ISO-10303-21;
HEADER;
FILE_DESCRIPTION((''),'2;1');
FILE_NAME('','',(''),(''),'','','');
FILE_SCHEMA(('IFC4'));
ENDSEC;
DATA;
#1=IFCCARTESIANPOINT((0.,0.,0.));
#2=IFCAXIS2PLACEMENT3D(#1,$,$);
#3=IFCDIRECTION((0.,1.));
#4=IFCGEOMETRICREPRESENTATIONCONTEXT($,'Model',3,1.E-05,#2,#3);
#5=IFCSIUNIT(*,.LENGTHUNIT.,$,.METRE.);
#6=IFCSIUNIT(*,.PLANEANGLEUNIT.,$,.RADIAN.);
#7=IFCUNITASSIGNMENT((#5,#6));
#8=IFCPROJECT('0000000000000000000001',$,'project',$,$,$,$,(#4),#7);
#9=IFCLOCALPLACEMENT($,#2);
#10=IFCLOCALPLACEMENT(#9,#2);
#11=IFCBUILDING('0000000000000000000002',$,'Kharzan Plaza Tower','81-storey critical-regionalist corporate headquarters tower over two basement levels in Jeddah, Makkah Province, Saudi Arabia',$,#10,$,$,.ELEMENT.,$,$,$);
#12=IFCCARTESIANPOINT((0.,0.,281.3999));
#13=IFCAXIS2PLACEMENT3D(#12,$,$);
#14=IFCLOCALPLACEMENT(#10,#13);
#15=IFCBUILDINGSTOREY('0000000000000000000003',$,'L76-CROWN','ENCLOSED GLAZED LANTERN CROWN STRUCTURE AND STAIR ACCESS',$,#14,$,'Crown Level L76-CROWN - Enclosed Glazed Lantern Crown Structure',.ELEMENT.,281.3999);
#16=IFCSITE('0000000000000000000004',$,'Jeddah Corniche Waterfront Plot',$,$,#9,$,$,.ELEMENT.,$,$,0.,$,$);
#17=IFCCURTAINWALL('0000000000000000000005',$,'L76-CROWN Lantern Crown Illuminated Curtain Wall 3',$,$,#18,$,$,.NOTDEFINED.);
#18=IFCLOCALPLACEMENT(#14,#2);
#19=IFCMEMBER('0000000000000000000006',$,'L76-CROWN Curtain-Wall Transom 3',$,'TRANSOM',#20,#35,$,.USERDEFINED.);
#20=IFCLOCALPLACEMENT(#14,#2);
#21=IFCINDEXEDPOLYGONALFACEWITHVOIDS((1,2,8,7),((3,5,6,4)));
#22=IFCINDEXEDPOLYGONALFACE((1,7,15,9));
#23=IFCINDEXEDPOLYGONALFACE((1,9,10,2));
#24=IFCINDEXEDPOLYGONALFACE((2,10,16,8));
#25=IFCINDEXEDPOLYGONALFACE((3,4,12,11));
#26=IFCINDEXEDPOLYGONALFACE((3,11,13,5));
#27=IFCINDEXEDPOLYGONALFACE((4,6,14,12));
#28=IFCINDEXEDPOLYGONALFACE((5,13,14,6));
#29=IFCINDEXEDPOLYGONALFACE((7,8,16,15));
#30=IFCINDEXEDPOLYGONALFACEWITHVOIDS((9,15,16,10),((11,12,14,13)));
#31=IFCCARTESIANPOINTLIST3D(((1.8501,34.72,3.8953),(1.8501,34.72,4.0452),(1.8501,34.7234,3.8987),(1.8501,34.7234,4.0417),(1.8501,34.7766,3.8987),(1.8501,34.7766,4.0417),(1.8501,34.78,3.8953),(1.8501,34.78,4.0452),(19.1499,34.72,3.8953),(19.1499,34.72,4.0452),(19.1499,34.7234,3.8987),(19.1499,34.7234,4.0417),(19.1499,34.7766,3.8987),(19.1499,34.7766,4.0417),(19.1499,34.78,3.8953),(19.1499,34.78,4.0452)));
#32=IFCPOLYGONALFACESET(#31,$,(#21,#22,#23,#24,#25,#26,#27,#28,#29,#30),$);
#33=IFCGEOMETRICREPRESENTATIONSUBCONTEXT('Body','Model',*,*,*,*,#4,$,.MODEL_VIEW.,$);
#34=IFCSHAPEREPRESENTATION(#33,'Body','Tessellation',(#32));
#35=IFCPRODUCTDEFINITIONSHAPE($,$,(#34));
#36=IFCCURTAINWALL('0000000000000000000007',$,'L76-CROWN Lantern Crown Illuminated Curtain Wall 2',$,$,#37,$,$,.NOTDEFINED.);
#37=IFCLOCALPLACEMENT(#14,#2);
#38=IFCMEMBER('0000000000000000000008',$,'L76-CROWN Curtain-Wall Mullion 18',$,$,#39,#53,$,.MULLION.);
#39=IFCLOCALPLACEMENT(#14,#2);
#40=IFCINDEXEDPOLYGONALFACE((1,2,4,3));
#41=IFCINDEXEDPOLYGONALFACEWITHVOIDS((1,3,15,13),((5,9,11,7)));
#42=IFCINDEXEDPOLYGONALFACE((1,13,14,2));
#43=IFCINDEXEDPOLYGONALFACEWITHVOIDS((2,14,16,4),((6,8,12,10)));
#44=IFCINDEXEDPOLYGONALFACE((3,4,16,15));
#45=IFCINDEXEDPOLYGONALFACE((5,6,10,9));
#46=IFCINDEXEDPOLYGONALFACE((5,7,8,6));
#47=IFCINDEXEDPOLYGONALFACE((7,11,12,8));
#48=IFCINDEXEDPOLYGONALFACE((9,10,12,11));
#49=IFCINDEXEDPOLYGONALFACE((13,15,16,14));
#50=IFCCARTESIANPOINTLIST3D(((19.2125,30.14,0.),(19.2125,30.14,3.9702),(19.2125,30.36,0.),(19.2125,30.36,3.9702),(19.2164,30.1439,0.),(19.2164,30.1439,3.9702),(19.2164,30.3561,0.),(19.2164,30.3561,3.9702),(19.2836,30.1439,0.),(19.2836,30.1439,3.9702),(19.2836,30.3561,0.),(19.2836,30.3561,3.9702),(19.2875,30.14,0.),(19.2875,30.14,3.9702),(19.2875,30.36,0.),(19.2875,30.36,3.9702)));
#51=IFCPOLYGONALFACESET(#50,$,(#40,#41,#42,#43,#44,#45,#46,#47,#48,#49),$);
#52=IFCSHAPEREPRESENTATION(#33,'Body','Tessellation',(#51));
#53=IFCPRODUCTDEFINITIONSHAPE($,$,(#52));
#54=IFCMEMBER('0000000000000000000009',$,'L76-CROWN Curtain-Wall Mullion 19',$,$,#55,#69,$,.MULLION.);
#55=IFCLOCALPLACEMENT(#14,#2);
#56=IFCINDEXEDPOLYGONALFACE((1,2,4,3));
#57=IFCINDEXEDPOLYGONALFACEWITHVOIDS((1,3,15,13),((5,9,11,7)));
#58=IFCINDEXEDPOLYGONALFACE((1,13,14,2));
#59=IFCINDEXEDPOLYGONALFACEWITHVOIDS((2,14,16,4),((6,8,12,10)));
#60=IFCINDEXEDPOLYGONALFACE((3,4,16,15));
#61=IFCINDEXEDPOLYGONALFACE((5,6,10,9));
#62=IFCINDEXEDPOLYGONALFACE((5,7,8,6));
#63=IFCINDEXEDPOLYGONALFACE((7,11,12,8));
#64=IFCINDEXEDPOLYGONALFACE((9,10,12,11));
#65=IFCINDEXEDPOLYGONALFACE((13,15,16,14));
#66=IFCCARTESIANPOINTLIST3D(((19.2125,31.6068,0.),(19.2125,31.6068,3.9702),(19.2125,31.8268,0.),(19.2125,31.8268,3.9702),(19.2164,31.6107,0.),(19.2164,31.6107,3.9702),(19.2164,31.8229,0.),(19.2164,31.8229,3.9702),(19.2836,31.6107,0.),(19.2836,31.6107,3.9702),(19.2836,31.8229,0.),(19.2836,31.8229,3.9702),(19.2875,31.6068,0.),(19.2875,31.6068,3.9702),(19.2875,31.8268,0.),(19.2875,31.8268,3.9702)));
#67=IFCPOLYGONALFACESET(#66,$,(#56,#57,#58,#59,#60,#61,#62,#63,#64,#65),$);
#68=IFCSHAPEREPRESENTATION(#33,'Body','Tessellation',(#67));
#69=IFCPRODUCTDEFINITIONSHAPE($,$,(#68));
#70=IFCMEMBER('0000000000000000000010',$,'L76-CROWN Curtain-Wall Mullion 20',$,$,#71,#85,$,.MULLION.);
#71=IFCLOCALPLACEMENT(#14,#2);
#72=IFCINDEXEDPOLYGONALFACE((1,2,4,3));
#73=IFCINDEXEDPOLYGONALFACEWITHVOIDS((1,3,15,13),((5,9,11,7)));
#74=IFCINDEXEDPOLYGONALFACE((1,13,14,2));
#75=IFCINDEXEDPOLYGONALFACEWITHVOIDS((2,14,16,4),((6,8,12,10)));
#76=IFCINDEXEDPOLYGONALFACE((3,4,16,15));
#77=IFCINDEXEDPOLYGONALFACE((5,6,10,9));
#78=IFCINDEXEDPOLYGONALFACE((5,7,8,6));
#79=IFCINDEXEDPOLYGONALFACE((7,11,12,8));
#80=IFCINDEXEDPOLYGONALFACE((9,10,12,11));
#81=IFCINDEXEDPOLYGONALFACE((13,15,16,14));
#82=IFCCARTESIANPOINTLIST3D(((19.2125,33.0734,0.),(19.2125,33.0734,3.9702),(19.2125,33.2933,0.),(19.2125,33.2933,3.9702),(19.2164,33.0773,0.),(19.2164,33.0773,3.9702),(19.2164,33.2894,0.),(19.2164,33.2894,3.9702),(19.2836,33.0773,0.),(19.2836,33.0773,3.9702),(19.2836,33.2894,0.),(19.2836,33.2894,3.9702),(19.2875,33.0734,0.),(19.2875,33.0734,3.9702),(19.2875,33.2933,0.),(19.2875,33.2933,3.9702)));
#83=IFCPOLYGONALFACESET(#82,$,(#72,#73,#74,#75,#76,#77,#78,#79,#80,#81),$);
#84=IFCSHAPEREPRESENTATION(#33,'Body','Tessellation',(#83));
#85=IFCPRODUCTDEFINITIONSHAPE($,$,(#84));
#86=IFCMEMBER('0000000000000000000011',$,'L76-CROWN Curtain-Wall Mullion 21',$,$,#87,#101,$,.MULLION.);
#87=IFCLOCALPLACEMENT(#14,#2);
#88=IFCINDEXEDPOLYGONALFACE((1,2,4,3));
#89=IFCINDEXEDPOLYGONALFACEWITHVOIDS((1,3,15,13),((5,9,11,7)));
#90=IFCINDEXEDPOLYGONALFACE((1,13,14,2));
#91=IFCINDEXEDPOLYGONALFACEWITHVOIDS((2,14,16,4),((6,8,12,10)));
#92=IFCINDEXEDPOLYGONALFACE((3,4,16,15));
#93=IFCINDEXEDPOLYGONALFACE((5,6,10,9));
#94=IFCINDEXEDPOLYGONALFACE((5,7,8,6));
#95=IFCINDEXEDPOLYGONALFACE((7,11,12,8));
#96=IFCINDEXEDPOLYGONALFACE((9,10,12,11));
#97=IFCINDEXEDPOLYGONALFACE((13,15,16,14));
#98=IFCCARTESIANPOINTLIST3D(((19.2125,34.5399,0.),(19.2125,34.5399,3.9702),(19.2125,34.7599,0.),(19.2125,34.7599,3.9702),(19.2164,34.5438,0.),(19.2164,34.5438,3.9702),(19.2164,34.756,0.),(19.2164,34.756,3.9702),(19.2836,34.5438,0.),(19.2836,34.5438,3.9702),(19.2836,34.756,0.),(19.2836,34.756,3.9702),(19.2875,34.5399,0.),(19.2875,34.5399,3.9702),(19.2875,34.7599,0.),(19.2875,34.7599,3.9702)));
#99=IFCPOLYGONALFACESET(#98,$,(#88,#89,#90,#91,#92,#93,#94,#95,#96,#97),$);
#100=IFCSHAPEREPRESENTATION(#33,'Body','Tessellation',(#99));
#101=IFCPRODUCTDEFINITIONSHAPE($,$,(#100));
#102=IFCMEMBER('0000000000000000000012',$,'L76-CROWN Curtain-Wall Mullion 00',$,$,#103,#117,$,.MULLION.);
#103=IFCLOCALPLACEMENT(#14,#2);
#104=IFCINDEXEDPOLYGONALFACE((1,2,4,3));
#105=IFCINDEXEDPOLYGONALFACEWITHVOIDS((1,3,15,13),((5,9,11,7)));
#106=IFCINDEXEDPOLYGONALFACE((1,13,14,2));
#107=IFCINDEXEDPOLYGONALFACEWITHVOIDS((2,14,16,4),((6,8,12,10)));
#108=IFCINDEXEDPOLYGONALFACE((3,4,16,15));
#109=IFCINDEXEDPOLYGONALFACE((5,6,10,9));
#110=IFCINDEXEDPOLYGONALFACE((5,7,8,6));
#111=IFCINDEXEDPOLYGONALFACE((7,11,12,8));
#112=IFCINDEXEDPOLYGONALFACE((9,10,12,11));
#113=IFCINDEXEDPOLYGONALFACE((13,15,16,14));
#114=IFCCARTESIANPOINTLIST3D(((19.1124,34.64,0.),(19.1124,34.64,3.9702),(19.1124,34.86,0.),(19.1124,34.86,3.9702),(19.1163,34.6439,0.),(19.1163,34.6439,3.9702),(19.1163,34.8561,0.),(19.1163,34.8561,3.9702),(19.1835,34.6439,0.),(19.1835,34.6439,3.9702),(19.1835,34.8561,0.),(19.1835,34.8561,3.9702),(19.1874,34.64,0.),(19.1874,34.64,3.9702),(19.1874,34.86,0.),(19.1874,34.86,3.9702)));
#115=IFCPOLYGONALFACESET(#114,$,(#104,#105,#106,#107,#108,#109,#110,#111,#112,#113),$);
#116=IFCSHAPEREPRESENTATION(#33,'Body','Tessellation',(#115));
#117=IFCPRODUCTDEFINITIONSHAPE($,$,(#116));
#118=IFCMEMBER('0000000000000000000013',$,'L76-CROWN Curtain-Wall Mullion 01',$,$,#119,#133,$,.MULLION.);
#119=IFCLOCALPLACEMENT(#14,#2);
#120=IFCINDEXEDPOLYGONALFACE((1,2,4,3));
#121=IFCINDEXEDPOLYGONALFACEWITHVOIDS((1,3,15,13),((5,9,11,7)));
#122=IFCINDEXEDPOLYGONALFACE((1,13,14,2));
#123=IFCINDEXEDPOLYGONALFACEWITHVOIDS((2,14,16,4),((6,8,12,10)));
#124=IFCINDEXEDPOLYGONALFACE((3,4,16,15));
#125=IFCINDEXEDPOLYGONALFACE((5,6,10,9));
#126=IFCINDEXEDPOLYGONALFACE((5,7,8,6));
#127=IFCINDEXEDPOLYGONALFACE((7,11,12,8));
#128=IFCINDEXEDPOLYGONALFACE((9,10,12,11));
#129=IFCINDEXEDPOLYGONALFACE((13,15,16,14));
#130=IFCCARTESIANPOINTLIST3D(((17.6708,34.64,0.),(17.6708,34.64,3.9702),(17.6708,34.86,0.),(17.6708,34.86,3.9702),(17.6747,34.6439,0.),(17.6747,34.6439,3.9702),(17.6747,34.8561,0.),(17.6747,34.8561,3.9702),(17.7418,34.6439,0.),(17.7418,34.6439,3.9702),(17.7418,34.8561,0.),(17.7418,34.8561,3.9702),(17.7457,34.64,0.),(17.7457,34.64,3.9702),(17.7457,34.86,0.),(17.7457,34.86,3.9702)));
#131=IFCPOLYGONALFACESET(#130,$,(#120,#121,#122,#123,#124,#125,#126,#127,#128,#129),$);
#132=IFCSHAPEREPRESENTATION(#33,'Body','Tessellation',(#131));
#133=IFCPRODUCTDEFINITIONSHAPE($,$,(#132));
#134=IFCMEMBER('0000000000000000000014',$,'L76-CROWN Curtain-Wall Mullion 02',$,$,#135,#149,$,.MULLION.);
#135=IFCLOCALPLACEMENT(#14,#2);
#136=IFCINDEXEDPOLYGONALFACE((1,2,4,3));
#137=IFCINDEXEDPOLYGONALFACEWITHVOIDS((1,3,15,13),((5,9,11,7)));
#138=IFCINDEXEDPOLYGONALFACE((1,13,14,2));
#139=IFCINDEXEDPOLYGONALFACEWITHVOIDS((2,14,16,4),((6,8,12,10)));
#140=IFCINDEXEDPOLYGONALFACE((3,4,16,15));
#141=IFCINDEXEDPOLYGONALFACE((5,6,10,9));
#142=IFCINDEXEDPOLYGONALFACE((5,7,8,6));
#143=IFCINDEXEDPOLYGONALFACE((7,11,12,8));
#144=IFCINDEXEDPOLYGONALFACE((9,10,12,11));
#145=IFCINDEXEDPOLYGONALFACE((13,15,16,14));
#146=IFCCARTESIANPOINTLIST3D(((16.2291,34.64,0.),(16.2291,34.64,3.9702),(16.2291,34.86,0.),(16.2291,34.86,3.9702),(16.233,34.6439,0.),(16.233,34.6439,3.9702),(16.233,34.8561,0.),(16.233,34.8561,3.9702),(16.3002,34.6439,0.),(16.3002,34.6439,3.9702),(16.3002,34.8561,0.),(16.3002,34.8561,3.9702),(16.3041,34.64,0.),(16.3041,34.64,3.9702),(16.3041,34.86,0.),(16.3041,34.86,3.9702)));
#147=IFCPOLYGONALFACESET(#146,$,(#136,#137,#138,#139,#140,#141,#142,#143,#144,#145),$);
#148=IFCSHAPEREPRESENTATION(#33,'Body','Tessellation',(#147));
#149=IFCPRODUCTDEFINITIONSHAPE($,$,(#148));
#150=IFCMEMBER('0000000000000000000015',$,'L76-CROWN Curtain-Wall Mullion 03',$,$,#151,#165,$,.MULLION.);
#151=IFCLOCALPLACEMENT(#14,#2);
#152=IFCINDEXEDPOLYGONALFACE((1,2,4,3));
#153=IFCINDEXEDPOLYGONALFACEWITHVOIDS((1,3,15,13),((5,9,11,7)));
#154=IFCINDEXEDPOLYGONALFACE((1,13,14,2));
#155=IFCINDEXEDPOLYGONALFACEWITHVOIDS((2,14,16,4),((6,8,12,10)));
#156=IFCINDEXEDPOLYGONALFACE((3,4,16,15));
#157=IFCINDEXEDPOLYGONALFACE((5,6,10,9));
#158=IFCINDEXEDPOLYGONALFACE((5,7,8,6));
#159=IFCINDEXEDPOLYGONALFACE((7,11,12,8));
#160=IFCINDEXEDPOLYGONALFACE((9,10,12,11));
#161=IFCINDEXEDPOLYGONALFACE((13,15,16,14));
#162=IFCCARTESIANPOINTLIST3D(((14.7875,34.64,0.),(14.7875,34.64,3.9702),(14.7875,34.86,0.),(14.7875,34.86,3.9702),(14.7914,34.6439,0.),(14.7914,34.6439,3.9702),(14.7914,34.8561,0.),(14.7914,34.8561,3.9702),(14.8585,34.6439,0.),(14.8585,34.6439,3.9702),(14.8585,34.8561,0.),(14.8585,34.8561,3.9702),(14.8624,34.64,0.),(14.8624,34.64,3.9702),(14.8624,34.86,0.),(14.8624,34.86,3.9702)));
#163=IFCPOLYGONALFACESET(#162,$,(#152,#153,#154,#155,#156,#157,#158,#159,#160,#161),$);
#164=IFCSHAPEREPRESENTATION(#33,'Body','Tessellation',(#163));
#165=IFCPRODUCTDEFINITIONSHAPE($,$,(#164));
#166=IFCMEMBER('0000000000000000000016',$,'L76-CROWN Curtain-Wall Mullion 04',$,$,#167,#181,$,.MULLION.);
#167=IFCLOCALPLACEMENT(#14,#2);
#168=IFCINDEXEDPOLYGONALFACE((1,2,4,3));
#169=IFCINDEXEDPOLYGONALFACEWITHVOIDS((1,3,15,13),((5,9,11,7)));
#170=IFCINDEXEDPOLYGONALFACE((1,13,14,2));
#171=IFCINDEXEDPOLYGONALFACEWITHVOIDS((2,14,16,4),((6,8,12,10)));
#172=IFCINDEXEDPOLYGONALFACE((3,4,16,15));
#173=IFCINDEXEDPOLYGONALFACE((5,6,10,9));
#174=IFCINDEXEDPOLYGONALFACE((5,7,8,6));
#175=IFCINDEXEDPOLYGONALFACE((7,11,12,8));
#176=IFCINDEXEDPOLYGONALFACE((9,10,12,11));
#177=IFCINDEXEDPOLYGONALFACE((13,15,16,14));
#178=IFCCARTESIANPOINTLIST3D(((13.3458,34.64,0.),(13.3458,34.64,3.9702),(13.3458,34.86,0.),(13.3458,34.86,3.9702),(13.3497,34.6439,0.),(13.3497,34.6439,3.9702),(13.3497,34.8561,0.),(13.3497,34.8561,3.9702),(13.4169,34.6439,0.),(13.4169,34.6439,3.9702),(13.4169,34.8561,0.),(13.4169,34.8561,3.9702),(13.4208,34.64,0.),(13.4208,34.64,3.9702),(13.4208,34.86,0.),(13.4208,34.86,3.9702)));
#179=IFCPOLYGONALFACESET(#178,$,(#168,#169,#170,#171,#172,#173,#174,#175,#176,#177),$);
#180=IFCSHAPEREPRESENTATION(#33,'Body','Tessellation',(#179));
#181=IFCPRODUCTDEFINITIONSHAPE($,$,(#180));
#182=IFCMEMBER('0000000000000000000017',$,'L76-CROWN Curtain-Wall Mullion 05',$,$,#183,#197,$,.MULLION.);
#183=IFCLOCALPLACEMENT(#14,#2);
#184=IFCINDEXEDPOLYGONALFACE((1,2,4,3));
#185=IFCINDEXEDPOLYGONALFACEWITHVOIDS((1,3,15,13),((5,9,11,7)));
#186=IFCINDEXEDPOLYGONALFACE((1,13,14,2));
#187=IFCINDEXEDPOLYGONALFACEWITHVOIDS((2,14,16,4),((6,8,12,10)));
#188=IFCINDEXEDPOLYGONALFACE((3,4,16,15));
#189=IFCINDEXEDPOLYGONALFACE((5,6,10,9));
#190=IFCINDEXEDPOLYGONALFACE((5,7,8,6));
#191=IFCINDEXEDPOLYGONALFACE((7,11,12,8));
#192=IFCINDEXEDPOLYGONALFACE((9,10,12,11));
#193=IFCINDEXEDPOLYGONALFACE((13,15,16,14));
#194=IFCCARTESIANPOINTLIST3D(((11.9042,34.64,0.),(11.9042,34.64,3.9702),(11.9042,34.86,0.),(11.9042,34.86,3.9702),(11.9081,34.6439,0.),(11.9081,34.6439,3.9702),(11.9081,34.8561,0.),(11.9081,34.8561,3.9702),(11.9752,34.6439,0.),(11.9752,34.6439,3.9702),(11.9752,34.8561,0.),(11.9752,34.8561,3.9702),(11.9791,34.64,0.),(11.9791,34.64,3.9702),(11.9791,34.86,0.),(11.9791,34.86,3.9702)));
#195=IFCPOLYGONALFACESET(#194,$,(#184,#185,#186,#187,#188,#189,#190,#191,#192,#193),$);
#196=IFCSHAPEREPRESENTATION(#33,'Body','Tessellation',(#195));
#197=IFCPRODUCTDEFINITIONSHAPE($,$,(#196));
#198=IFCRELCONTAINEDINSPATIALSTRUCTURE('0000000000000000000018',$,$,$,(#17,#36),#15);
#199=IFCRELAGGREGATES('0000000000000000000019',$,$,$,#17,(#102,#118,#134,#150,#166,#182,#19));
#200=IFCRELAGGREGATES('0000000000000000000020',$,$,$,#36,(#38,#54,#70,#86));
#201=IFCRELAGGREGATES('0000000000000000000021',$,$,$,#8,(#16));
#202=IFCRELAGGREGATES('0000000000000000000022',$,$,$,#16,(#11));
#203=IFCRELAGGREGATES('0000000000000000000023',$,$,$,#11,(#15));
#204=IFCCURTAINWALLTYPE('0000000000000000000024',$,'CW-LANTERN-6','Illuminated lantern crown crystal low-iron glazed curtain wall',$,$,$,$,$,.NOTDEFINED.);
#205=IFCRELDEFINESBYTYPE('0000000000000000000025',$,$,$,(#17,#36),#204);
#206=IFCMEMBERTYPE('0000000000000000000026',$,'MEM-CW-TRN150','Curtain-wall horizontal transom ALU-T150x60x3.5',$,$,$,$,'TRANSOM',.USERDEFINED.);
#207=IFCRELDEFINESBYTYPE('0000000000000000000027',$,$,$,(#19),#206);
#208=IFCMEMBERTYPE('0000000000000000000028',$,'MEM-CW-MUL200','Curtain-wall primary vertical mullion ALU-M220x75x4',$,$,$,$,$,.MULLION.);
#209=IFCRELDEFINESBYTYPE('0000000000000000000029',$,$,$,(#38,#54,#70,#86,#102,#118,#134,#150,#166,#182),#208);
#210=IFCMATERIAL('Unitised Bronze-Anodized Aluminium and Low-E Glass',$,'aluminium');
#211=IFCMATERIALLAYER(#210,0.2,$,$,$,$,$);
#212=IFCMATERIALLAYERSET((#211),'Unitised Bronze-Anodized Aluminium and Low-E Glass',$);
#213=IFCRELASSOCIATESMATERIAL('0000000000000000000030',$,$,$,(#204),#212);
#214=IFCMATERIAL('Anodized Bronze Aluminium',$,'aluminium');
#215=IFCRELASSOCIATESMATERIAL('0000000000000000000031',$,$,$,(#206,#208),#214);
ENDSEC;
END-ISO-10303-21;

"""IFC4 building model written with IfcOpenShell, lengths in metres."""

from ifc_helpers import new_model, si_unit, direction, frame, origin, origin_2d, place, context, subcontext, project, spatial, hollow_rectangle, extrude, source, transform, mapped, material, layer, layer_set, material_profile, profile_set, type_object, element, aggregate, save


model = new_model("IFC4")

# Units and contexts
model_context = context("Model", 3, precision=1e-05, world=origin(), true_north=direction((0.0, 1.0)))
body_context = subcontext(model_context, "Body", "Model", "MODEL_VIEW")
ifc_project = project(units=[si_unit("LENGTHUNIT", "METRE"), si_unit("PLANEANGLEUNIT", "RADIAN")], contexts=[model_context])

# Site, building, storey
site_placement = place(None, origin())
site = spatial("IfcSite", under=ifc_project, at=site_placement, Name="Jeddah Corniche Waterfront Plot", CompositionType="ELEMENT", RefElevation=0.0)
building_placement = place(site_placement, origin())
building = spatial("IfcBuilding", under=site, at=building_placement, Name="Kharzan Plaza Tower", Description="81-storey critical-regionalist corporate headquarters tower over two basement levels in Jeddah, Makkah Province, Saudi Arabia", CompositionType="ELEMENT")
storey_placement = place(building_placement, frame((0.0, 0.0, 281.3999)))
storey = spatial("IfcBuildingStorey", under=building, at=storey_placement, Name="L76-CROWN", Description="ENCLOSED GLAZED LANTERN CROWN STRUCTURE AND STAIR ACCESS", LongName="Crown Level L76-CROWN - Enclosed Glazed Lantern Crown Structure", CompositionType="ELEMENT", Elevation=281.3999)

# Curtain walls, members
ifc_material_1 = material(Name="Unitised Bronze-Anodized Aluminium and Low-E Glass", Category="aluminium")
ifc_layer_1 = layer(ifc_material_1, 0.2)
ifc_layer_set_1 = layer_set([ifc_layer_1], Name="Unitised Bronze-Anodized Aluminium and Low-E Glass")
curtain_wall_type = type_object("IfcCurtainWallType", Name="CW-LANTERN-6", Description="Illuminated lantern crown crystal low-iron glazed curtain wall", PredefinedType="NOTDEFINED", material=ifc_layer_set_1)
curtain_wall_1_placement = place(storey_placement, origin())
curtain_wall_1 = element("IfcCurtainWall", 1, at=curtain_wall_1_placement, inside=storey, type_object=curtain_wall_type, Name="L76-CROWN Lantern Crown Illuminated Curtain Wall 3", PredefinedType="NOTDEFINED")
ifc_material_2 = material(Name="Anodized Bronze Aluminium", Category="aluminium")
ifc_material_profile_1 = material_profile(ifc_material_2, hollow_rectangle(XDim=0.0601, YDim=0.1499, WallThickness=0.0034, at=origin_2d()), Name="ALU-T150x60x3.5")
ifc_profile_set_1 = profile_set([ifc_material_profile_1], Name="Anodized Bronze Aluminium")
member_type_1 = type_object("IfcMemberType", Name="MEM-CW-TRN150", Description="Curtain-wall horizontal transom ALU-T150x60x3.5", ElementType="TRANSOM", PredefinedType="USERDEFINED", material=ifc_profile_set_1)
shared_shape_1 = source(origin(), body_context, "Body", "SweptSolid", [
    extrude(hollow_rectangle(XDim=0.0601, YDim=0.1499, WallThickness=0.0034, at=origin_2d()), origin(), (0.0, 0.0, 1.0), 17.2998),
])
member_1_placement = place(storey_placement, frame((19.1499, 34.75, 3.9702), z_axis=(-1.0, 0.0, 0.0), x_axis=(0.0, -1.0, 0.0)))
member_1 = element("IfcMember", 2, at=member_1_placement, type_object=member_type_1, Name="L76-CROWN Curtain-Wall Transom 3", ObjectType="TRANSOM", PredefinedType="USERDEFINED", context=body_context, shape_type="MappedRepresentation", body=[
    mapped(shared_shape_1, transform((0.0, 0.0, 0.0), x_axis=(1.0, 0.0, 0.0), y_axis=(0.0, 1.0, 0.0), z_axis=(0.0, 0.0, 1.0))),
])
curtain_wall_2_placement = place(storey_placement, origin())
curtain_wall_2 = element("IfcCurtainWall", 3, at=curtain_wall_2_placement, inside=storey, type_object=curtain_wall_type, Name="L76-CROWN Lantern Crown Illuminated Curtain Wall 2", PredefinedType="NOTDEFINED")
ifc_material_profile_2 = material_profile(ifc_material_2, hollow_rectangle(XDim=0.075, YDim=0.22, WallThickness=0.0039, at=origin_2d()), Name="ALU-M220x75x4")
ifc_profile_set_2 = profile_set([ifc_material_profile_2], Name="Anodized Bronze Aluminium")
member_type_2 = type_object("IfcMemberType", Name="MEM-CW-MUL200", Description="Curtain-wall primary vertical mullion ALU-M220x75x4", PredefinedType="MULLION", material=ifc_profile_set_2)
shared_shape_2 = source(origin(), body_context, "Body", "SweptSolid", [
    extrude(hollow_rectangle(XDim=0.075, YDim=0.22, WallThickness=0.0039, at=origin_2d()), origin(), (0.0, 0.0, 1.0), 3.9702),
])
member_2_placement = place(storey_placement, frame((19.25, 30.25, 0.0), z_axis=(0.0, 0.0, 1.0), x_axis=(1.0, 0.0, 0.0)))
member_2 = element("IfcMember", 4, at=member_2_placement, type_object=member_type_2, Name="L76-CROWN Curtain-Wall Mullion 18", PredefinedType="MULLION", context=body_context, shape_type="MappedRepresentation", body=[
    mapped(shared_shape_2, transform((0.0, 0.0, 0.0), x_axis=(1.0, 0.0, 0.0), y_axis=(0.0, 1.0, 0.0), z_axis=(0.0, 0.0, 1.0))),
])
member_3_placement = place(storey_placement, frame((19.25, 31.7168, 0.0), z_axis=(0.0, 0.0, 1.0), x_axis=(1.0, 0.0, 0.0)))
member_3 = element("IfcMember", 5, at=member_3_placement, type_object=member_type_2, Name="L76-CROWN Curtain-Wall Mullion 19", PredefinedType="MULLION", context=body_context, shape_type="MappedRepresentation", body=[
    mapped(shared_shape_2, transform((0.0, 0.0, 0.0), x_axis=(1.0, 0.0, 0.0), y_axis=(0.0, 1.0, 0.0), z_axis=(0.0, 0.0, 1.0))),
])
member_4_placement = place(storey_placement, frame((19.25, 33.1833, 0.0), z_axis=(0.0, 0.0, 1.0), x_axis=(1.0, 0.0, 0.0)))
member_4 = element("IfcMember", 6, at=member_4_placement, type_object=member_type_2, Name="L76-CROWN Curtain-Wall Mullion 20", PredefinedType="MULLION", context=body_context, shape_type="MappedRepresentation", body=[
    mapped(shared_shape_2, transform((0.0, 0.0, 0.0), x_axis=(1.0, 0.0, 0.0), y_axis=(0.0, 1.0, 0.0), z_axis=(0.0, 0.0, 1.0))),
])
member_5_placement = place(storey_placement, frame((19.25, 34.6499, 0.0), z_axis=(0.0, 0.0, 1.0), x_axis=(1.0, 0.0, 0.0)))
member_5 = element("IfcMember", 7, at=member_5_placement, type_object=member_type_2, Name="L76-CROWN Curtain-Wall Mullion 21", PredefinedType="MULLION", context=body_context, shape_type="MappedRepresentation", body=[
    mapped(shared_shape_2, transform((0.0, 0.0, 0.0), x_axis=(1.0, 0.0, 0.0), y_axis=(0.0, 1.0, 0.0), z_axis=(0.0, 0.0, 1.0))),
])

# Members
member_6_placement = place(storey_placement, frame((19.1499, 34.75, 0.0), z_axis=(0.0, 0.0, 1.0), x_axis=(1.0, 0.0, 0.0)))
member_6 = element("IfcMember", 8, at=member_6_placement, type_object=member_type_2, Name="L76-CROWN Curtain-Wall Mullion 00", PredefinedType="MULLION", context=body_context, shape_type="MappedRepresentation", body=[
    mapped(shared_shape_2, transform((0.0, 0.0, 0.0), x_axis=(1.0, 0.0, 0.0), y_axis=(0.0, 1.0, 0.0), z_axis=(0.0, 0.0, 1.0))),
])
member_7_placement = place(storey_placement, frame((17.7083, 34.75, 0.0), z_axis=(0.0, 0.0, 1.0), x_axis=(1.0, 0.0, 0.0)))
member_7 = element("IfcMember", 9, at=member_7_placement, type_object=member_type_2, Name="L76-CROWN Curtain-Wall Mullion 01", PredefinedType="MULLION", context=body_context, shape_type="MappedRepresentation", body=[
    mapped(shared_shape_2, transform((0.0, 0.0, 0.0), x_axis=(1.0, 0.0, 0.0), y_axis=(0.0, 1.0, 0.0), z_axis=(0.0, 0.0, 1.0))),
])
member_8_placement = place(storey_placement, frame((16.2666, 34.75, 0.0), z_axis=(0.0, 0.0, 1.0), x_axis=(1.0, 0.0, 0.0)))
member_8 = element("IfcMember", 10, at=member_8_placement, type_object=member_type_2, Name="L76-CROWN Curtain-Wall Mullion 02", PredefinedType="MULLION", context=body_context, shape_type="MappedRepresentation", body=[
    mapped(shared_shape_2, transform((0.0, 0.0, 0.0), x_axis=(1.0, 0.0, 0.0), y_axis=(0.0, 1.0, 0.0), z_axis=(0.0, 0.0, 1.0))),
])
member_9_placement = place(storey_placement, frame((14.825, 34.75, 0.0), z_axis=(0.0, 0.0, 1.0), x_axis=(1.0, 0.0, 0.0)))
member_9 = element("IfcMember", 11, at=member_9_placement, type_object=member_type_2, Name="L76-CROWN Curtain-Wall Mullion 03", PredefinedType="MULLION", context=body_context, shape_type="MappedRepresentation", body=[
    mapped(shared_shape_2, transform((0.0, 0.0, 0.0), x_axis=(1.0, 0.0, 0.0), y_axis=(0.0, 1.0, 0.0), z_axis=(0.0, 0.0, 1.0))),
])
member_10_placement = place(storey_placement, frame((13.3833, 34.75, 0.0), z_axis=(0.0, 0.0, 1.0), x_axis=(1.0, 0.0, 0.0)))
member_10 = element("IfcMember", 12, at=member_10_placement, type_object=member_type_2, Name="L76-CROWN Curtain-Wall Mullion 04", PredefinedType="MULLION", context=body_context, shape_type="MappedRepresentation", body=[
    mapped(shared_shape_2, transform((0.0, 0.0, 0.0), x_axis=(1.0, 0.0, 0.0), y_axis=(0.0, 1.0, 0.0), z_axis=(0.0, 0.0, 1.0))),
])
member_11_placement = place(storey_placement, frame((11.9417, 34.75, 0.0), z_axis=(0.0, 0.0, 1.0), x_axis=(1.0, 0.0, 0.0)))
member_11 = element("IfcMember", 13, at=member_11_placement, type_object=member_type_2, Name="L76-CROWN Curtain-Wall Mullion 05", PredefinedType="MULLION", context=body_context, shape_type="MappedRepresentation", body=[
    mapped(shared_shape_2, transform((0.0, 0.0, 0.0), x_axis=(1.0, 0.0, 0.0), y_axis=(0.0, 1.0, 0.0), z_axis=(0.0, 0.0, 1.0))),
])

aggregate(curtain_wall_1, [member_6, member_7, member_8, member_9, member_10, member_11, member_1])
aggregate(curtain_wall_2, [member_2, member_3, member_4, member_5])

save(model, "model.ifc")
